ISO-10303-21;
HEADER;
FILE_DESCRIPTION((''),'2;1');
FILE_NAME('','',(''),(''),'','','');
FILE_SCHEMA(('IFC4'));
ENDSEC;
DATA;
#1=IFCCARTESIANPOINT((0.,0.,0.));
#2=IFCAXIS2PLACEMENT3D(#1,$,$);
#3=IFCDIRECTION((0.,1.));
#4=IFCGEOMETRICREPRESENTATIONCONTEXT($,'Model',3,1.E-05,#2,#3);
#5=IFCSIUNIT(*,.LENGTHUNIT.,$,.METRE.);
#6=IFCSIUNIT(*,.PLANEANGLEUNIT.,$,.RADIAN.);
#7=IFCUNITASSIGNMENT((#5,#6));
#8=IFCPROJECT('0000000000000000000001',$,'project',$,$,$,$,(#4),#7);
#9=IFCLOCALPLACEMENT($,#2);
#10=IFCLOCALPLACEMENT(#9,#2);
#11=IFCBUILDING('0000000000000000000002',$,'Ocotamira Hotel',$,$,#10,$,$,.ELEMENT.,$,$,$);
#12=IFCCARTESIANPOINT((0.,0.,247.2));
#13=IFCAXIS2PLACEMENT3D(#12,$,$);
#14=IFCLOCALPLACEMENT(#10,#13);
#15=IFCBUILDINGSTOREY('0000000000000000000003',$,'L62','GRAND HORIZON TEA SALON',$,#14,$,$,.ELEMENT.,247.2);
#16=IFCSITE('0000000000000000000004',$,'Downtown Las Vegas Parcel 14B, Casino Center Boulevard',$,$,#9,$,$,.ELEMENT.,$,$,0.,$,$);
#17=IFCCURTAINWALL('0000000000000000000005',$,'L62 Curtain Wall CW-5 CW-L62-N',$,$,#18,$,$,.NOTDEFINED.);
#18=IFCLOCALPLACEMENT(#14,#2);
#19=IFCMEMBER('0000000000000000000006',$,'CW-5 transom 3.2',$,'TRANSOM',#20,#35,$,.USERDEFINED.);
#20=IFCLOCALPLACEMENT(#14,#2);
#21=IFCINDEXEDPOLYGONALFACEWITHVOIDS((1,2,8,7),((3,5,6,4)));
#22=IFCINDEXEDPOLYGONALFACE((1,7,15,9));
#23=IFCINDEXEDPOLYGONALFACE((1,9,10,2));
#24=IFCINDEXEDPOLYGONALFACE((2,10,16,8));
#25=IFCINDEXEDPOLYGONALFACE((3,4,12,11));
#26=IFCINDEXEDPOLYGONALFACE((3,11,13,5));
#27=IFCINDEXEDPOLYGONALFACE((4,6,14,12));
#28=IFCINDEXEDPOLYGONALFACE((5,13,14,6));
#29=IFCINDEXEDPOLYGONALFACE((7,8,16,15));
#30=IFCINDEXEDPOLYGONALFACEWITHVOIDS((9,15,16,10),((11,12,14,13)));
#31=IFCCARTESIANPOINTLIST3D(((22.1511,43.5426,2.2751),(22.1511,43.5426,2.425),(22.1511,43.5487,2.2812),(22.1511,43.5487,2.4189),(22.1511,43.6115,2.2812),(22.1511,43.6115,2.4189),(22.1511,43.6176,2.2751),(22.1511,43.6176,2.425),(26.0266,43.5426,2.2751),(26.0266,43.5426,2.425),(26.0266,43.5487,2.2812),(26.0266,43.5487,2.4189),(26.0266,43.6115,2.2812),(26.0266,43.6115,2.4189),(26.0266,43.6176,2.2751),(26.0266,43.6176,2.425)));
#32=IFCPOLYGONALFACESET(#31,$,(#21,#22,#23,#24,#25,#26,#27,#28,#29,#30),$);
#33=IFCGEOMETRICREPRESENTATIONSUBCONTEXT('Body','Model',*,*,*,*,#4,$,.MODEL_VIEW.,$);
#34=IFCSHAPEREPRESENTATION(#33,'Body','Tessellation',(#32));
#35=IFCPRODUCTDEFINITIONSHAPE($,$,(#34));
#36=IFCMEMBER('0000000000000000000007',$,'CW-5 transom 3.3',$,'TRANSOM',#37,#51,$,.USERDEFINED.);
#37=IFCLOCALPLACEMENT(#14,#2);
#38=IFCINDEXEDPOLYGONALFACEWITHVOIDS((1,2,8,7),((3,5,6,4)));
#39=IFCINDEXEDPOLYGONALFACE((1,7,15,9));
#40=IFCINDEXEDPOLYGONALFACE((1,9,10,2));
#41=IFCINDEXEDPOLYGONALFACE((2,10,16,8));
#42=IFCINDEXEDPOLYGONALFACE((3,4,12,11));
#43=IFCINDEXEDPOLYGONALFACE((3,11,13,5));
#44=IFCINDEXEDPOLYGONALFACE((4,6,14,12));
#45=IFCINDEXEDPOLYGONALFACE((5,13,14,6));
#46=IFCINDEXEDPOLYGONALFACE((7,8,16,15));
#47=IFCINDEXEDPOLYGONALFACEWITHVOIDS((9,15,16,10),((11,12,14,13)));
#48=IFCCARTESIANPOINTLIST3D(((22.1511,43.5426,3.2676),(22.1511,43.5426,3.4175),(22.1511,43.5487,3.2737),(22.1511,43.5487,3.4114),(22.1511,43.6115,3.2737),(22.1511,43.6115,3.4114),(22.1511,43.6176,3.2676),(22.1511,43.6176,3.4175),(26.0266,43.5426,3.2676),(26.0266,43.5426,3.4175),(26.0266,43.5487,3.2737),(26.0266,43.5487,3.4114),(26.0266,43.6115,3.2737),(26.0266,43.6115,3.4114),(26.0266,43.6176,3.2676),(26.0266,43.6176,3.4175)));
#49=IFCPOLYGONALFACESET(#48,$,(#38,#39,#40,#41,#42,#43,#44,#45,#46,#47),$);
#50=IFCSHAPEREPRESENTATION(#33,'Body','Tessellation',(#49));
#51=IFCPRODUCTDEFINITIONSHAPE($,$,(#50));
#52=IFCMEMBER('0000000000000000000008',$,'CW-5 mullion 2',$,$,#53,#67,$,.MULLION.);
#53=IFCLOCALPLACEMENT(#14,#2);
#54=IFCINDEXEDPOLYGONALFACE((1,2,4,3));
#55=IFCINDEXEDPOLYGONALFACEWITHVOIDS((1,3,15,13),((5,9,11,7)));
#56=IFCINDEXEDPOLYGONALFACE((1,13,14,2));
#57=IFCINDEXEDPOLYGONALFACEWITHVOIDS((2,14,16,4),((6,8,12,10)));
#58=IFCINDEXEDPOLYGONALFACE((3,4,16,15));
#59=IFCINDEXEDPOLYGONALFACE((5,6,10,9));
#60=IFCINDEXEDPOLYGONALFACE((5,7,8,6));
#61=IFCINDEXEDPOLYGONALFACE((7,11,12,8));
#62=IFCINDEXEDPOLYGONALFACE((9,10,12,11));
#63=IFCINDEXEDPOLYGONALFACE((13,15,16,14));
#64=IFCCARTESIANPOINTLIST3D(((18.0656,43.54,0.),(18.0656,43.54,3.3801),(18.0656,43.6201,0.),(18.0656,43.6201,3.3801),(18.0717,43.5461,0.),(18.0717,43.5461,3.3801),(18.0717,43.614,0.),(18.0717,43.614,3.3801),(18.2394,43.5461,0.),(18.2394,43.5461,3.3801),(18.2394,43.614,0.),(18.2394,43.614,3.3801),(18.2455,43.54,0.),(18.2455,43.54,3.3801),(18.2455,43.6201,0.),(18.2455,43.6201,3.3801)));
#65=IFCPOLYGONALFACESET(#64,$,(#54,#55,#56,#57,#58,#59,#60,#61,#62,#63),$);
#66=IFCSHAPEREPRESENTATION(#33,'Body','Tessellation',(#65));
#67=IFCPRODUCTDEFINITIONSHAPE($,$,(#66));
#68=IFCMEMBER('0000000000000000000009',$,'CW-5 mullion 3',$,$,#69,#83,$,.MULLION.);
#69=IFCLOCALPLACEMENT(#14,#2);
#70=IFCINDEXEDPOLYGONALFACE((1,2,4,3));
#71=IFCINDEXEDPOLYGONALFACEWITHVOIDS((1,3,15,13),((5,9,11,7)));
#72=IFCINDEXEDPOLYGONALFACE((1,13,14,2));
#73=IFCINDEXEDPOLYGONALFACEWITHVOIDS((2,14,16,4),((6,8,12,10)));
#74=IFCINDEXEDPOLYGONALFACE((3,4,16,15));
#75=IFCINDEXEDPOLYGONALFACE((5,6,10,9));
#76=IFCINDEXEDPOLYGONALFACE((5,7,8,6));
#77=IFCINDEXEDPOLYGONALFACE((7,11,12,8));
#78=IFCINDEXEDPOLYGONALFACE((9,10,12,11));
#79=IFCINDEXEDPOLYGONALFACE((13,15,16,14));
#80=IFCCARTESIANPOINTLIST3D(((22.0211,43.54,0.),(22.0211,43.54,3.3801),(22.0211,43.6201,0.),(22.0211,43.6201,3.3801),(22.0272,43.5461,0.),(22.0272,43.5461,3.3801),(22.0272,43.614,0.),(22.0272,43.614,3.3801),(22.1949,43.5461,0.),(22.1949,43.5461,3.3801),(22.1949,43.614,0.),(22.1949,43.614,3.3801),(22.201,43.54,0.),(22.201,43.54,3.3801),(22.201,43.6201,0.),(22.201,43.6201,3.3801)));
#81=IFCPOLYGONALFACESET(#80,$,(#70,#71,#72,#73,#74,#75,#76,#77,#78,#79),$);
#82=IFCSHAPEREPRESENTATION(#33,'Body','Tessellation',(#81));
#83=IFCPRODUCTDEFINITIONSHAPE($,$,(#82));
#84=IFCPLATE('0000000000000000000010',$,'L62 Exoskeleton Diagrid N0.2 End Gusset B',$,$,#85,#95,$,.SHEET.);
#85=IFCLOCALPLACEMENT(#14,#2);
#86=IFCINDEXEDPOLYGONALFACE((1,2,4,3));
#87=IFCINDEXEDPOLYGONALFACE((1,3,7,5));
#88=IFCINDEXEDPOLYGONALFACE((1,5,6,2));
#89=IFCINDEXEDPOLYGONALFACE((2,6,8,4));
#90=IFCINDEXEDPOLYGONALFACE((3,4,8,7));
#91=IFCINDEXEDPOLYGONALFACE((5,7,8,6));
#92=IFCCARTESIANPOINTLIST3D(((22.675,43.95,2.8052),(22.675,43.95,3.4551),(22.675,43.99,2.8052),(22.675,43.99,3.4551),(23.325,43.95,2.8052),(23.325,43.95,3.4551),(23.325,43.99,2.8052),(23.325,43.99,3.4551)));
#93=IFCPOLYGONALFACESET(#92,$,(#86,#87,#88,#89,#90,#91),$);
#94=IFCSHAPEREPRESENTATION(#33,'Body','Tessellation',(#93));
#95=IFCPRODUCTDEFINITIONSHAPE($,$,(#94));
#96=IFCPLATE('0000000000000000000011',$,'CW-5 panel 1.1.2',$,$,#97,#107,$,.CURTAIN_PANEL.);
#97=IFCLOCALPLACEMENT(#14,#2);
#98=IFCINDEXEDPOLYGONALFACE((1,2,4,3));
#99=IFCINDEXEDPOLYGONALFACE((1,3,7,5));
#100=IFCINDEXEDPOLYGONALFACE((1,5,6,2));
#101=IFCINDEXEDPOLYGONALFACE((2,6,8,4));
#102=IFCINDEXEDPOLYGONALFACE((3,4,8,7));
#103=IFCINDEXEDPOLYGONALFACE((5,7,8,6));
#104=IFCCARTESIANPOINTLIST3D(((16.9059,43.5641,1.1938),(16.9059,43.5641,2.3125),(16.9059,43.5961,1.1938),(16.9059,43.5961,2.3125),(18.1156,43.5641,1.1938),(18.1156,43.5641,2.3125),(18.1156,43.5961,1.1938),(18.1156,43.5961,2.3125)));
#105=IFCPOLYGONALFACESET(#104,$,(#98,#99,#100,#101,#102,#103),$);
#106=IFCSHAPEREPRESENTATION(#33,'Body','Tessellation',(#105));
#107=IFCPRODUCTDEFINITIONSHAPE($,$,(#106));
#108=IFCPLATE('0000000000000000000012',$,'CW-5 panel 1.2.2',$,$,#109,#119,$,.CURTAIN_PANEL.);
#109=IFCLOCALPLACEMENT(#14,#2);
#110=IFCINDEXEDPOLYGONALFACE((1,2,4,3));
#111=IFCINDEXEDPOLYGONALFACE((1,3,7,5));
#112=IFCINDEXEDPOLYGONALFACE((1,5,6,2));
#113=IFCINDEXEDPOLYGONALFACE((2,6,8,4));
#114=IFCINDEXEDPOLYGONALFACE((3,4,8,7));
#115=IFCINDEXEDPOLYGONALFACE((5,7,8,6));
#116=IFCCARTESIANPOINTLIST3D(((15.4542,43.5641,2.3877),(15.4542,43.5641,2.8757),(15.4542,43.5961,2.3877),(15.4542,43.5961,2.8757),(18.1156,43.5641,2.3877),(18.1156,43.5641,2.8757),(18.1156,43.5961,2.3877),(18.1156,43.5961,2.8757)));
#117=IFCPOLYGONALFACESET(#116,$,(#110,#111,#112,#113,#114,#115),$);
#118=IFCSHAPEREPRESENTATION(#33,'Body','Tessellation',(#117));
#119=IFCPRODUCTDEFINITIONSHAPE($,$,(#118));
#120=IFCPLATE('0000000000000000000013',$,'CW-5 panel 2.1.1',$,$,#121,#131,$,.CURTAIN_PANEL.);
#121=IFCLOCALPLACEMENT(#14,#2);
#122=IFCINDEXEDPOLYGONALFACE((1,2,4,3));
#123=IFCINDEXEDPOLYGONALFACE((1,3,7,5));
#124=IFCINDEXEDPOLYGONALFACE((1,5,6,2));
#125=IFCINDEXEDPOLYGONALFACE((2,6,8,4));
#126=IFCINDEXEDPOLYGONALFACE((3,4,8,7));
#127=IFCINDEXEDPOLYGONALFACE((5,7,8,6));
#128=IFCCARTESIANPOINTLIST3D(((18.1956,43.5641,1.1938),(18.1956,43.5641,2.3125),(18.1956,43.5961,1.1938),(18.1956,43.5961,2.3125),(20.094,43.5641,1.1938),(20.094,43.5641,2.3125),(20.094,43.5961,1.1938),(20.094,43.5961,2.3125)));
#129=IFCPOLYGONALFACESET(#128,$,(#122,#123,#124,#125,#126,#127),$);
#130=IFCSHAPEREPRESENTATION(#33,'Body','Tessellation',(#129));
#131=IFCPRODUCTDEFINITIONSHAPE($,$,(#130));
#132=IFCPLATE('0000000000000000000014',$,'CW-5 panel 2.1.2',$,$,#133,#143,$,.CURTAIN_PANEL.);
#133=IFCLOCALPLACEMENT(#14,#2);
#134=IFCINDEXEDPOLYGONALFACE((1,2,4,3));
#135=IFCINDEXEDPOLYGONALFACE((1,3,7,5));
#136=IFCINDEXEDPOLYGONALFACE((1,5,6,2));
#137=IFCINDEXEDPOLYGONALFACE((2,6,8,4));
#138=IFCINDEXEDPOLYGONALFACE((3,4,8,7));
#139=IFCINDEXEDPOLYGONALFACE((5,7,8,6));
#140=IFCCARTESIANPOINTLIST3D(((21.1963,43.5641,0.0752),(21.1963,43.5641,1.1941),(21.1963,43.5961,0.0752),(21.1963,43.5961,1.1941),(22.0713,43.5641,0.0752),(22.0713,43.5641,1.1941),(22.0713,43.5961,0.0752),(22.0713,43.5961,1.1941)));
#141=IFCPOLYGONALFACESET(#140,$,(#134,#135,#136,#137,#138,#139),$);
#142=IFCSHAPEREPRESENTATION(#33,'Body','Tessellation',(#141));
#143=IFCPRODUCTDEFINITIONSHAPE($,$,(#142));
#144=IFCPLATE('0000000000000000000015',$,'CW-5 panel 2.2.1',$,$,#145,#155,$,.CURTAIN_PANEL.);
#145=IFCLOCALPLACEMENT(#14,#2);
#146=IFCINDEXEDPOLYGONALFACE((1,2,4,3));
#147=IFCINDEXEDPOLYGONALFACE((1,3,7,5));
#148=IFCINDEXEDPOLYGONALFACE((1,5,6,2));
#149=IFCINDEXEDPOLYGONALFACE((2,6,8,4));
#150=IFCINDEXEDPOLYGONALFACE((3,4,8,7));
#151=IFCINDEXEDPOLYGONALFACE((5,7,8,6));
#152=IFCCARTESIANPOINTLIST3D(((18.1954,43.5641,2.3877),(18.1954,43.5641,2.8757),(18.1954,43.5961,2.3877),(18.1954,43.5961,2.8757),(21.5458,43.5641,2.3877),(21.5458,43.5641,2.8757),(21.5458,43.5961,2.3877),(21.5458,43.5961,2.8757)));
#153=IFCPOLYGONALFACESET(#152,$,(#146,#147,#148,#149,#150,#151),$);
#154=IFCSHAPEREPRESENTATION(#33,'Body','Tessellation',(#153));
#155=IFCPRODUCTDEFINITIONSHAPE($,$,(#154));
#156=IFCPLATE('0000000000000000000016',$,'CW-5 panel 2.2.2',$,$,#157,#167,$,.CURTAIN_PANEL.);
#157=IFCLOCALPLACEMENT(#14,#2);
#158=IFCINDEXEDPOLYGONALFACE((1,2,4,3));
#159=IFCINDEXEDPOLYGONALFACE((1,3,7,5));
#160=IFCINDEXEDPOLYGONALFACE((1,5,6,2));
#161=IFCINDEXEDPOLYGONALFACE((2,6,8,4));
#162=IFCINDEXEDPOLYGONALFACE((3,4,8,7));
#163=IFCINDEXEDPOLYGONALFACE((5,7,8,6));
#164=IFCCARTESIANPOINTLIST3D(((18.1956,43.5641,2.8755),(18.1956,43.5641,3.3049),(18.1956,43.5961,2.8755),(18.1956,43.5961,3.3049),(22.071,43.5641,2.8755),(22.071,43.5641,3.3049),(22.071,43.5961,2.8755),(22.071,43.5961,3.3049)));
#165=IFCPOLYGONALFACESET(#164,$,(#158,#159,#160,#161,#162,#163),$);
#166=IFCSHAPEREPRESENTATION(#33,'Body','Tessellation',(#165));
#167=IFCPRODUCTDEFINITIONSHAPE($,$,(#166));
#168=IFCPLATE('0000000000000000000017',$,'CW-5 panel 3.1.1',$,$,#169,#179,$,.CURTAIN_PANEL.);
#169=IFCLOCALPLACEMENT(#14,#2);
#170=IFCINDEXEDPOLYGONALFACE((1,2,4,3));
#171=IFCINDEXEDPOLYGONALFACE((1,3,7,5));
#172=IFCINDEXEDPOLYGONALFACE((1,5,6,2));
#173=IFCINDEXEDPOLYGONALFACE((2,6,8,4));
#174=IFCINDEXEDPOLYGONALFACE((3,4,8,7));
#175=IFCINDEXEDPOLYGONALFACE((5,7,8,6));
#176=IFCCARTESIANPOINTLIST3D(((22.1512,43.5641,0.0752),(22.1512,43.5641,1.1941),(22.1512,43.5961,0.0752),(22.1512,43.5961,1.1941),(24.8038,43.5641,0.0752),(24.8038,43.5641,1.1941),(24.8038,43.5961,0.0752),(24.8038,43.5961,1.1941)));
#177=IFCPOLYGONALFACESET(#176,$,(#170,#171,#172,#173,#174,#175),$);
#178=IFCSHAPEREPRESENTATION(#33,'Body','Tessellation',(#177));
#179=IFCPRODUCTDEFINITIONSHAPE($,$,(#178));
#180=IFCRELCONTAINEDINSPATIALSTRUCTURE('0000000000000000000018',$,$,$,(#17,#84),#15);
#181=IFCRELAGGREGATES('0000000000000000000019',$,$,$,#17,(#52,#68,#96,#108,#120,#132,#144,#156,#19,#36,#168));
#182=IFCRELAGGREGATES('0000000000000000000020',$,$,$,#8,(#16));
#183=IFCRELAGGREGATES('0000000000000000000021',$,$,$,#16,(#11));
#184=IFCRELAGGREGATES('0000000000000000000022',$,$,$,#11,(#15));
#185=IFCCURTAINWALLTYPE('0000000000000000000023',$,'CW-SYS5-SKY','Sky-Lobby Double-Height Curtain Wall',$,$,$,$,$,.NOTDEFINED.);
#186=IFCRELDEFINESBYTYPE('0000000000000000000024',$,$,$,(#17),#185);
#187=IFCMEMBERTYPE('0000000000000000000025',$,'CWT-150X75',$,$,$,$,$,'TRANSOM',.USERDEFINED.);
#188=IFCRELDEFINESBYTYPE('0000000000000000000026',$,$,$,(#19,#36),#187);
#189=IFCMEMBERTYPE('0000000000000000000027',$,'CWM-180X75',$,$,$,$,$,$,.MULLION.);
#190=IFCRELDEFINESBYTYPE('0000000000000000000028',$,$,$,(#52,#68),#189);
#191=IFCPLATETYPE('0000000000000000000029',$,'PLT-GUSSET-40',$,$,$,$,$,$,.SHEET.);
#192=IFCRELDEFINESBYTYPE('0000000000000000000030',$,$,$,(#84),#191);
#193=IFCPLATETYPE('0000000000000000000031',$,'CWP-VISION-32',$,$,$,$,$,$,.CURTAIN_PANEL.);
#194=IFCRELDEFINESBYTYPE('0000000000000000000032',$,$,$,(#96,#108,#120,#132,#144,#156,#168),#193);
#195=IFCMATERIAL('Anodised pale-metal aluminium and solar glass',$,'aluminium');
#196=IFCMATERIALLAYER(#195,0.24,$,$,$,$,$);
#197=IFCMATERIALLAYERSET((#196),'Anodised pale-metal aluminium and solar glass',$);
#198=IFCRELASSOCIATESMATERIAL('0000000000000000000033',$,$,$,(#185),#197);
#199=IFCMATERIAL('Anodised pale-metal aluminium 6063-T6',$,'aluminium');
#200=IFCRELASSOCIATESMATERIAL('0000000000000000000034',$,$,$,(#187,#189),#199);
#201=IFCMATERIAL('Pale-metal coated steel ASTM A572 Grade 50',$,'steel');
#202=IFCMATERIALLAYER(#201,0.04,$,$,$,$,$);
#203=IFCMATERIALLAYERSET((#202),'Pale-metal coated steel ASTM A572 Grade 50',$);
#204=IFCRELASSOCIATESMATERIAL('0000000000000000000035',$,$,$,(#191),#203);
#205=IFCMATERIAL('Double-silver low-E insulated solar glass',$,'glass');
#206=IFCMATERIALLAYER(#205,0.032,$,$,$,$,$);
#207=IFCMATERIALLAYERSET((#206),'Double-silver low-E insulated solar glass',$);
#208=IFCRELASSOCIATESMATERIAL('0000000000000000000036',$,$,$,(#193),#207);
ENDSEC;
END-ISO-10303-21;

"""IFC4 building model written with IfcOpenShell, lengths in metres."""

from ifc_helpers import new_model, si_unit, direction, frame, origin, origin_2d, place, context, subcontext, project, spatial, rectangle, hollow_rectangle, extrude, source, transform, mapped, material, layer, layer_set, material_profile, profile_set, type_object, element, aggregate, save


model = new_model("IFC4")

# Units and contexts
model_context = context("Model", 3, precision=1e-05, world=origin(), true_north=direction((0.0, 1.0)))
body_context = subcontext(model_context, "Body", "Model", "MODEL_VIEW")
ifc_project = project(units=[si_unit("LENGTHUNIT", "METRE"), si_unit("PLANEANGLEUNIT", "RADIAN")], contexts=[model_context])

# Site, building, storey
site_placement = place(None, origin())
site = spatial("IfcSite", under=ifc_project, at=site_placement, Name="Downtown Las Vegas Parcel 14B, Casino Center Boulevard", CompositionType="ELEMENT", RefElevation=0.0)
building_placement = place(site_placement, origin())
building = spatial("IfcBuilding", under=site, at=building_placement, Name="Ocotamira Hotel", CompositionType="ELEMENT")
storey_placement = place(building_placement, frame((0.0, 0.0, 247.2)))
storey = spatial("IfcBuildingStorey", under=building, at=storey_placement, Name="L62", Description="GRAND HORIZON TEA SALON", CompositionType="ELEMENT", Elevation=247.2)

# Curtain wall, members
ifc_material_1 = material(Name="Anodised pale-metal aluminium and solar glass", Category="aluminium")
ifc_layer_1 = layer(ifc_material_1, 0.24)
ifc_layer_set_1 = layer_set([ifc_layer_1], Name="Anodised pale-metal aluminium and solar glass")
curtain_wall_type = type_object("IfcCurtainWallType", Name="CW-SYS5-SKY", Description="Sky-Lobby Double-Height Curtain Wall", PredefinedType="NOTDEFINED", material=ifc_layer_set_1)
curtain_wall_placement = place(storey_placement, origin())
curtain_wall = element("IfcCurtainWall", 1, at=curtain_wall_placement, inside=storey, type_object=curtain_wall_type, Name="L62 Curtain Wall CW-5 CW-L62-N", PredefinedType="NOTDEFINED")
ifc_material_2 = material(Name="Anodised pale-metal aluminium 6063-T6", Category="aluminium")
ifc_material_profile_1 = material_profile(ifc_material_2, hollow_rectangle(XDim=0.075, YDim=0.1499, WallThickness=0.0061, at=origin_2d()), Name="HSS150X75X6")
ifc_profile_set_1 = profile_set([ifc_material_profile_1], Name="Anodised pale-metal aluminium 6063-T6")
member_type_1 = type_object("IfcMemberType", Name="CWT-150X75", ElementType="TRANSOM", PredefinedType="USERDEFINED", material=ifc_profile_set_1)
shared_shape_1 = source(origin(), body_context, "Body", "SweptSolid", [
    extrude(hollow_rectangle(XDim=0.075, YDim=0.1499, WallThickness=0.0061, at=origin_2d()), origin(), (0.0, 0.0, 1.0), 3.8755),
])
member_1_placement = place(storey_placement, frame((22.1511, 43.5801, 2.3501), z_axis=(1.0, 0.0, 0.0), x_axis=(0.0, 1.0, 0.0)))
member_1 = element("IfcMember", 2, at=member_1_placement, type_object=member_type_1, Name="CW-5 transom 3.2", ObjectType="TRANSOM", PredefinedType="USERDEFINED", context=body_context, shape_type="MappedRepresentation", body=[
    mapped(shared_shape_1, transform((0.0, 0.0, 0.0), scale=1.0)),
])
member_2_placement = place(storey_placement, frame((22.1511, 43.5801, 3.3425), z_axis=(1.0, 0.0, 0.0), x_axis=(0.0, 1.0, 0.0)))
member_2 = element("IfcMember", 3, at=member_2_placement, type_object=member_type_1, Name="CW-5 transom 3.3", ObjectType="TRANSOM", PredefinedType="USERDEFINED", context=body_context, shape_type="MappedRepresentation", body=[
    mapped(shared_shape_1, transform((0.0, 0.0, 0.0), scale=1.0)),
])
ifc_material_profile_2 = material_profile(ifc_material_2, hollow_rectangle(XDim=0.0801, YDim=0.1799, WallThickness=0.0061, at=origin_2d()), Name="HSS180X80X6")
ifc_profile_set_2 = profile_set([ifc_material_profile_2], Name="Anodised pale-metal aluminium 6063-T6")
member_type_2 = type_object("IfcMemberType", Name="CWM-180X75", PredefinedType="MULLION", material=ifc_profile_set_2)
shared_shape_2 = source(origin(), body_context, "Body", "SweptSolid", [
    extrude(hollow_rectangle(XDim=0.0801, YDim=0.1799, WallThickness=0.0061, at=origin_2d()), origin(), (0.0, 0.0, 1.0), 3.3801),
])
member_3_placement = place(storey_placement, frame((18.1555, 43.5801, 0.0), z_axis=(0.0, 0.0, 1.0), x_axis=(0.0, 1.0, 0.0)))
member_3 = element("IfcMember", 4, at=member_3_placement, type_object=member_type_2, Name="CW-5 mullion 2", PredefinedType="MULLION", context=body_context, shape_type="MappedRepresentation", body=[
    mapped(shared_shape_2, transform((0.0, 0.0, 0.0), scale=1.0)),
])
member_4_placement = place(storey_placement, frame((22.1111, 43.5801, 0.0), z_axis=(0.0, 0.0, 1.0), x_axis=(0.0, 1.0, 0.0)))
member_4 = element("IfcMember", 5, at=member_4_placement, type_object=member_type_2, Name="CW-5 mullion 3", PredefinedType="MULLION", context=body_context, shape_type="MappedRepresentation", body=[
    mapped(shared_shape_2, transform((0.0, 0.0, 0.0), scale=1.0)),
])

# Plates
ifc_material_3 = material(Name="Pale-metal coated steel ASTM A572 Grade 50", Category="steel")
ifc_layer_2 = layer(ifc_material_3, 0.04)
ifc_layer_set_2 = layer_set([ifc_layer_2], Name="Pale-metal coated steel ASTM A572 Grade 50")
plate_type_1 = type_object("IfcPlateType", Name="PLT-GUSSET-40", PredefinedType="SHEET", material=ifc_layer_set_2)
shared_shape_3 = source(origin(), body_context, "Body", "SweptSolid", [
    extrude(rectangle(XDim=0.6499, YDim=0.04, at=origin_2d()), origin(), (0.0, 0.0, 1.0), 0.6499),
])
plate_1_placement = place(storey_placement, frame((23.0, 43.97, 2.8052), z_axis=(0.0, 0.0, 1.0), x_axis=(1.0, 0.0, 0.0)))
element("IfcPlate", 6, at=plate_1_placement, inside=storey, type_object=plate_type_1, Name="L62 Exoskeleton Diagrid N0.2 End Gusset B", PredefinedType="SHEET", context=body_context, shape_type="MappedRepresentation", body=[
    mapped(shared_shape_3, transform((0.0, 0.0, 0.0), scale=1.0)),
])
ifc_material_4 = material(Name="Double-silver low-E insulated solar glass", Category="glass")
ifc_layer_3 = layer(ifc_material_4, 0.032)
ifc_layer_set_3 = layer_set([ifc_layer_3], Name="Double-silver low-E insulated solar glass")
plate_type_2 = type_object("IfcPlateType", Name="CWP-VISION-32", PredefinedType="CURTAIN_PANEL", material=ifc_layer_set_3)
shared_shape_4 = source(origin(), body_context, "Body", "SweptSolid", [
    extrude(rectangle(XDim=1.2097, YDim=0.032, at=origin_2d()), origin(), (0.0, 0.0, 1.0), 1.1187),
])
plate_2_placement = place(storey_placement, frame((17.5107, 43.5801, 1.1938), z_axis=(0.0, 0.0, 1.0), x_axis=(1.0, 0.0, 0.0)))
plate_2 = element("IfcPlate", 7, at=plate_2_placement, type_object=plate_type_2, Name="CW-5 panel 1.1.2", PredefinedType="CURTAIN_PANEL", context=body_context, shape_type="MappedRepresentation", body=[
    mapped(shared_shape_4, transform((0.0, 0.0, 0.0), scale=1.0)),
])
shared_shape_5 = source(origin(), body_context, "Body", "SweptSolid", [
    extrude(rectangle(XDim=2.6614, YDim=0.032, at=origin_2d()), origin(), (0.0, 0.0, 1.0), 0.488),
])
plate_3_placement = place(storey_placement, frame((16.7849, 43.5801, 2.3877), z_axis=(0.0, 0.0, 1.0), x_axis=(1.0, 0.0, 0.0)))
plate_3 = element("IfcPlate", 8, at=plate_3_placement, type_object=plate_type_2, Name="CW-5 panel 1.2.2", PredefinedType="CURTAIN_PANEL", context=body_context, shape_type="MappedRepresentation", body=[
    mapped(shared_shape_5, transform((0.0, 0.0, 0.0), scale=1.0)),
])
shared_shape_6 = source(origin(), body_context, "Body", "SweptSolid", [
    extrude(rectangle(XDim=1.8984, YDim=0.032, at=origin_2d()), origin(), (0.0, 0.0, 1.0), 1.1187),
])
plate_4_placement = place(storey_placement, frame((19.1448, 43.5801, 1.1938), z_axis=(0.0, 0.0, 1.0), x_axis=(1.0, 0.0, 0.0)))
plate_4 = element("IfcPlate", 9, at=plate_4_placement, type_object=plate_type_2, Name="CW-5 panel 2.1.1", PredefinedType="CURTAIN_PANEL", context=body_context, shape_type="MappedRepresentation", body=[
    mapped(shared_shape_6, transform((0.0, 0.0, 0.0), scale=1.0)),
])
shared_shape_7 = source(origin(), body_context, "Body", "SweptSolid", [
    extrude(rectangle(XDim=0.875, YDim=0.032, at=origin_2d()), origin(), (0.0, 0.0, 1.0), 1.1189),
])
plate_5_placement = place(storey_placement, frame((21.6338, 43.5801, 0.0752), z_axis=(0.0, 0.0, 1.0), x_axis=(1.0, 0.0, 0.0)))
plate_5 = element("IfcPlate", 10, at=plate_5_placement, type_object=plate_type_2, Name="CW-5 panel 2.1.2", PredefinedType="CURTAIN_PANEL", context=body_context, shape_type="MappedRepresentation", body=[
    mapped(shared_shape_7, transform((0.0, 0.0, 0.0), scale=1.0)),
])
shared_shape_8 = source(origin(), body_context, "Body", "SweptSolid", [
    extrude(rectangle(XDim=3.3503, YDim=0.032, at=origin_2d()), origin(), (0.0, 0.0, 1.0), 0.488),
])
plate_6_placement = place(storey_placement, frame((19.8706, 43.5801, 2.3877), z_axis=(0.0, 0.0, 1.0), x_axis=(1.0, 0.0, 0.0)))
plate_6 = element("IfcPlate", 11, at=plate_6_placement, type_object=plate_type_2, Name="CW-5 panel 2.2.1", PredefinedType="CURTAIN_PANEL", context=body_context, shape_type="MappedRepresentation", body=[
    mapped(shared_shape_8, transform((0.0, 0.0, 0.0), scale=1.0)),
])
shared_shape_9 = source(origin(), body_context, "Body", "SweptSolid", [
    extrude(rectangle(XDim=3.8755, YDim=0.032, at=origin_2d()), origin(), (0.0, 0.0, 1.0), 0.4294),
])
plate_7_placement = place(storey_placement, frame((20.1333, 43.5801, 2.8755), z_axis=(0.0, 0.0, 1.0), x_axis=(1.0, 0.0, 0.0)))
plate_7 = element("IfcPlate", 12, at=plate_7_placement, type_object=plate_type_2, Name="CW-5 panel 2.2.2", PredefinedType="CURTAIN_PANEL", context=body_context, shape_type="MappedRepresentation", body=[
    mapped(shared_shape_9, transform((0.0, 0.0, 0.0), scale=1.0)),
])
shared_shape_10 = source(origin(), body_context, "Body", "SweptSolid", [
    extrude(rectangle(XDim=2.6526, YDim=0.032, at=origin_2d()), origin(), (0.0, 0.0, 1.0), 1.1189),
])
plate_8_placement = place(storey_placement, frame((23.4775, 43.5801, 0.0752), z_axis=(0.0, 0.0, 1.0), x_axis=(1.0, 0.0, 0.0)))
plate_8 = element("IfcPlate", 13, at=plate_8_placement, type_object=plate_type_2, Name="CW-5 panel 3.1.1", PredefinedType="CURTAIN_PANEL", context=body_context, shape_type="MappedRepresentation", body=[
    mapped(shared_shape_10, transform((0.0, 0.0, 0.0), scale=1.0)),
])
aggregate(curtain_wall, [member_3, member_4, plate_2, plate_3, plate_4, plate_5, plate_6, plate_7, member_1, member_2, plate_8])

save(model, "model.ifc")
